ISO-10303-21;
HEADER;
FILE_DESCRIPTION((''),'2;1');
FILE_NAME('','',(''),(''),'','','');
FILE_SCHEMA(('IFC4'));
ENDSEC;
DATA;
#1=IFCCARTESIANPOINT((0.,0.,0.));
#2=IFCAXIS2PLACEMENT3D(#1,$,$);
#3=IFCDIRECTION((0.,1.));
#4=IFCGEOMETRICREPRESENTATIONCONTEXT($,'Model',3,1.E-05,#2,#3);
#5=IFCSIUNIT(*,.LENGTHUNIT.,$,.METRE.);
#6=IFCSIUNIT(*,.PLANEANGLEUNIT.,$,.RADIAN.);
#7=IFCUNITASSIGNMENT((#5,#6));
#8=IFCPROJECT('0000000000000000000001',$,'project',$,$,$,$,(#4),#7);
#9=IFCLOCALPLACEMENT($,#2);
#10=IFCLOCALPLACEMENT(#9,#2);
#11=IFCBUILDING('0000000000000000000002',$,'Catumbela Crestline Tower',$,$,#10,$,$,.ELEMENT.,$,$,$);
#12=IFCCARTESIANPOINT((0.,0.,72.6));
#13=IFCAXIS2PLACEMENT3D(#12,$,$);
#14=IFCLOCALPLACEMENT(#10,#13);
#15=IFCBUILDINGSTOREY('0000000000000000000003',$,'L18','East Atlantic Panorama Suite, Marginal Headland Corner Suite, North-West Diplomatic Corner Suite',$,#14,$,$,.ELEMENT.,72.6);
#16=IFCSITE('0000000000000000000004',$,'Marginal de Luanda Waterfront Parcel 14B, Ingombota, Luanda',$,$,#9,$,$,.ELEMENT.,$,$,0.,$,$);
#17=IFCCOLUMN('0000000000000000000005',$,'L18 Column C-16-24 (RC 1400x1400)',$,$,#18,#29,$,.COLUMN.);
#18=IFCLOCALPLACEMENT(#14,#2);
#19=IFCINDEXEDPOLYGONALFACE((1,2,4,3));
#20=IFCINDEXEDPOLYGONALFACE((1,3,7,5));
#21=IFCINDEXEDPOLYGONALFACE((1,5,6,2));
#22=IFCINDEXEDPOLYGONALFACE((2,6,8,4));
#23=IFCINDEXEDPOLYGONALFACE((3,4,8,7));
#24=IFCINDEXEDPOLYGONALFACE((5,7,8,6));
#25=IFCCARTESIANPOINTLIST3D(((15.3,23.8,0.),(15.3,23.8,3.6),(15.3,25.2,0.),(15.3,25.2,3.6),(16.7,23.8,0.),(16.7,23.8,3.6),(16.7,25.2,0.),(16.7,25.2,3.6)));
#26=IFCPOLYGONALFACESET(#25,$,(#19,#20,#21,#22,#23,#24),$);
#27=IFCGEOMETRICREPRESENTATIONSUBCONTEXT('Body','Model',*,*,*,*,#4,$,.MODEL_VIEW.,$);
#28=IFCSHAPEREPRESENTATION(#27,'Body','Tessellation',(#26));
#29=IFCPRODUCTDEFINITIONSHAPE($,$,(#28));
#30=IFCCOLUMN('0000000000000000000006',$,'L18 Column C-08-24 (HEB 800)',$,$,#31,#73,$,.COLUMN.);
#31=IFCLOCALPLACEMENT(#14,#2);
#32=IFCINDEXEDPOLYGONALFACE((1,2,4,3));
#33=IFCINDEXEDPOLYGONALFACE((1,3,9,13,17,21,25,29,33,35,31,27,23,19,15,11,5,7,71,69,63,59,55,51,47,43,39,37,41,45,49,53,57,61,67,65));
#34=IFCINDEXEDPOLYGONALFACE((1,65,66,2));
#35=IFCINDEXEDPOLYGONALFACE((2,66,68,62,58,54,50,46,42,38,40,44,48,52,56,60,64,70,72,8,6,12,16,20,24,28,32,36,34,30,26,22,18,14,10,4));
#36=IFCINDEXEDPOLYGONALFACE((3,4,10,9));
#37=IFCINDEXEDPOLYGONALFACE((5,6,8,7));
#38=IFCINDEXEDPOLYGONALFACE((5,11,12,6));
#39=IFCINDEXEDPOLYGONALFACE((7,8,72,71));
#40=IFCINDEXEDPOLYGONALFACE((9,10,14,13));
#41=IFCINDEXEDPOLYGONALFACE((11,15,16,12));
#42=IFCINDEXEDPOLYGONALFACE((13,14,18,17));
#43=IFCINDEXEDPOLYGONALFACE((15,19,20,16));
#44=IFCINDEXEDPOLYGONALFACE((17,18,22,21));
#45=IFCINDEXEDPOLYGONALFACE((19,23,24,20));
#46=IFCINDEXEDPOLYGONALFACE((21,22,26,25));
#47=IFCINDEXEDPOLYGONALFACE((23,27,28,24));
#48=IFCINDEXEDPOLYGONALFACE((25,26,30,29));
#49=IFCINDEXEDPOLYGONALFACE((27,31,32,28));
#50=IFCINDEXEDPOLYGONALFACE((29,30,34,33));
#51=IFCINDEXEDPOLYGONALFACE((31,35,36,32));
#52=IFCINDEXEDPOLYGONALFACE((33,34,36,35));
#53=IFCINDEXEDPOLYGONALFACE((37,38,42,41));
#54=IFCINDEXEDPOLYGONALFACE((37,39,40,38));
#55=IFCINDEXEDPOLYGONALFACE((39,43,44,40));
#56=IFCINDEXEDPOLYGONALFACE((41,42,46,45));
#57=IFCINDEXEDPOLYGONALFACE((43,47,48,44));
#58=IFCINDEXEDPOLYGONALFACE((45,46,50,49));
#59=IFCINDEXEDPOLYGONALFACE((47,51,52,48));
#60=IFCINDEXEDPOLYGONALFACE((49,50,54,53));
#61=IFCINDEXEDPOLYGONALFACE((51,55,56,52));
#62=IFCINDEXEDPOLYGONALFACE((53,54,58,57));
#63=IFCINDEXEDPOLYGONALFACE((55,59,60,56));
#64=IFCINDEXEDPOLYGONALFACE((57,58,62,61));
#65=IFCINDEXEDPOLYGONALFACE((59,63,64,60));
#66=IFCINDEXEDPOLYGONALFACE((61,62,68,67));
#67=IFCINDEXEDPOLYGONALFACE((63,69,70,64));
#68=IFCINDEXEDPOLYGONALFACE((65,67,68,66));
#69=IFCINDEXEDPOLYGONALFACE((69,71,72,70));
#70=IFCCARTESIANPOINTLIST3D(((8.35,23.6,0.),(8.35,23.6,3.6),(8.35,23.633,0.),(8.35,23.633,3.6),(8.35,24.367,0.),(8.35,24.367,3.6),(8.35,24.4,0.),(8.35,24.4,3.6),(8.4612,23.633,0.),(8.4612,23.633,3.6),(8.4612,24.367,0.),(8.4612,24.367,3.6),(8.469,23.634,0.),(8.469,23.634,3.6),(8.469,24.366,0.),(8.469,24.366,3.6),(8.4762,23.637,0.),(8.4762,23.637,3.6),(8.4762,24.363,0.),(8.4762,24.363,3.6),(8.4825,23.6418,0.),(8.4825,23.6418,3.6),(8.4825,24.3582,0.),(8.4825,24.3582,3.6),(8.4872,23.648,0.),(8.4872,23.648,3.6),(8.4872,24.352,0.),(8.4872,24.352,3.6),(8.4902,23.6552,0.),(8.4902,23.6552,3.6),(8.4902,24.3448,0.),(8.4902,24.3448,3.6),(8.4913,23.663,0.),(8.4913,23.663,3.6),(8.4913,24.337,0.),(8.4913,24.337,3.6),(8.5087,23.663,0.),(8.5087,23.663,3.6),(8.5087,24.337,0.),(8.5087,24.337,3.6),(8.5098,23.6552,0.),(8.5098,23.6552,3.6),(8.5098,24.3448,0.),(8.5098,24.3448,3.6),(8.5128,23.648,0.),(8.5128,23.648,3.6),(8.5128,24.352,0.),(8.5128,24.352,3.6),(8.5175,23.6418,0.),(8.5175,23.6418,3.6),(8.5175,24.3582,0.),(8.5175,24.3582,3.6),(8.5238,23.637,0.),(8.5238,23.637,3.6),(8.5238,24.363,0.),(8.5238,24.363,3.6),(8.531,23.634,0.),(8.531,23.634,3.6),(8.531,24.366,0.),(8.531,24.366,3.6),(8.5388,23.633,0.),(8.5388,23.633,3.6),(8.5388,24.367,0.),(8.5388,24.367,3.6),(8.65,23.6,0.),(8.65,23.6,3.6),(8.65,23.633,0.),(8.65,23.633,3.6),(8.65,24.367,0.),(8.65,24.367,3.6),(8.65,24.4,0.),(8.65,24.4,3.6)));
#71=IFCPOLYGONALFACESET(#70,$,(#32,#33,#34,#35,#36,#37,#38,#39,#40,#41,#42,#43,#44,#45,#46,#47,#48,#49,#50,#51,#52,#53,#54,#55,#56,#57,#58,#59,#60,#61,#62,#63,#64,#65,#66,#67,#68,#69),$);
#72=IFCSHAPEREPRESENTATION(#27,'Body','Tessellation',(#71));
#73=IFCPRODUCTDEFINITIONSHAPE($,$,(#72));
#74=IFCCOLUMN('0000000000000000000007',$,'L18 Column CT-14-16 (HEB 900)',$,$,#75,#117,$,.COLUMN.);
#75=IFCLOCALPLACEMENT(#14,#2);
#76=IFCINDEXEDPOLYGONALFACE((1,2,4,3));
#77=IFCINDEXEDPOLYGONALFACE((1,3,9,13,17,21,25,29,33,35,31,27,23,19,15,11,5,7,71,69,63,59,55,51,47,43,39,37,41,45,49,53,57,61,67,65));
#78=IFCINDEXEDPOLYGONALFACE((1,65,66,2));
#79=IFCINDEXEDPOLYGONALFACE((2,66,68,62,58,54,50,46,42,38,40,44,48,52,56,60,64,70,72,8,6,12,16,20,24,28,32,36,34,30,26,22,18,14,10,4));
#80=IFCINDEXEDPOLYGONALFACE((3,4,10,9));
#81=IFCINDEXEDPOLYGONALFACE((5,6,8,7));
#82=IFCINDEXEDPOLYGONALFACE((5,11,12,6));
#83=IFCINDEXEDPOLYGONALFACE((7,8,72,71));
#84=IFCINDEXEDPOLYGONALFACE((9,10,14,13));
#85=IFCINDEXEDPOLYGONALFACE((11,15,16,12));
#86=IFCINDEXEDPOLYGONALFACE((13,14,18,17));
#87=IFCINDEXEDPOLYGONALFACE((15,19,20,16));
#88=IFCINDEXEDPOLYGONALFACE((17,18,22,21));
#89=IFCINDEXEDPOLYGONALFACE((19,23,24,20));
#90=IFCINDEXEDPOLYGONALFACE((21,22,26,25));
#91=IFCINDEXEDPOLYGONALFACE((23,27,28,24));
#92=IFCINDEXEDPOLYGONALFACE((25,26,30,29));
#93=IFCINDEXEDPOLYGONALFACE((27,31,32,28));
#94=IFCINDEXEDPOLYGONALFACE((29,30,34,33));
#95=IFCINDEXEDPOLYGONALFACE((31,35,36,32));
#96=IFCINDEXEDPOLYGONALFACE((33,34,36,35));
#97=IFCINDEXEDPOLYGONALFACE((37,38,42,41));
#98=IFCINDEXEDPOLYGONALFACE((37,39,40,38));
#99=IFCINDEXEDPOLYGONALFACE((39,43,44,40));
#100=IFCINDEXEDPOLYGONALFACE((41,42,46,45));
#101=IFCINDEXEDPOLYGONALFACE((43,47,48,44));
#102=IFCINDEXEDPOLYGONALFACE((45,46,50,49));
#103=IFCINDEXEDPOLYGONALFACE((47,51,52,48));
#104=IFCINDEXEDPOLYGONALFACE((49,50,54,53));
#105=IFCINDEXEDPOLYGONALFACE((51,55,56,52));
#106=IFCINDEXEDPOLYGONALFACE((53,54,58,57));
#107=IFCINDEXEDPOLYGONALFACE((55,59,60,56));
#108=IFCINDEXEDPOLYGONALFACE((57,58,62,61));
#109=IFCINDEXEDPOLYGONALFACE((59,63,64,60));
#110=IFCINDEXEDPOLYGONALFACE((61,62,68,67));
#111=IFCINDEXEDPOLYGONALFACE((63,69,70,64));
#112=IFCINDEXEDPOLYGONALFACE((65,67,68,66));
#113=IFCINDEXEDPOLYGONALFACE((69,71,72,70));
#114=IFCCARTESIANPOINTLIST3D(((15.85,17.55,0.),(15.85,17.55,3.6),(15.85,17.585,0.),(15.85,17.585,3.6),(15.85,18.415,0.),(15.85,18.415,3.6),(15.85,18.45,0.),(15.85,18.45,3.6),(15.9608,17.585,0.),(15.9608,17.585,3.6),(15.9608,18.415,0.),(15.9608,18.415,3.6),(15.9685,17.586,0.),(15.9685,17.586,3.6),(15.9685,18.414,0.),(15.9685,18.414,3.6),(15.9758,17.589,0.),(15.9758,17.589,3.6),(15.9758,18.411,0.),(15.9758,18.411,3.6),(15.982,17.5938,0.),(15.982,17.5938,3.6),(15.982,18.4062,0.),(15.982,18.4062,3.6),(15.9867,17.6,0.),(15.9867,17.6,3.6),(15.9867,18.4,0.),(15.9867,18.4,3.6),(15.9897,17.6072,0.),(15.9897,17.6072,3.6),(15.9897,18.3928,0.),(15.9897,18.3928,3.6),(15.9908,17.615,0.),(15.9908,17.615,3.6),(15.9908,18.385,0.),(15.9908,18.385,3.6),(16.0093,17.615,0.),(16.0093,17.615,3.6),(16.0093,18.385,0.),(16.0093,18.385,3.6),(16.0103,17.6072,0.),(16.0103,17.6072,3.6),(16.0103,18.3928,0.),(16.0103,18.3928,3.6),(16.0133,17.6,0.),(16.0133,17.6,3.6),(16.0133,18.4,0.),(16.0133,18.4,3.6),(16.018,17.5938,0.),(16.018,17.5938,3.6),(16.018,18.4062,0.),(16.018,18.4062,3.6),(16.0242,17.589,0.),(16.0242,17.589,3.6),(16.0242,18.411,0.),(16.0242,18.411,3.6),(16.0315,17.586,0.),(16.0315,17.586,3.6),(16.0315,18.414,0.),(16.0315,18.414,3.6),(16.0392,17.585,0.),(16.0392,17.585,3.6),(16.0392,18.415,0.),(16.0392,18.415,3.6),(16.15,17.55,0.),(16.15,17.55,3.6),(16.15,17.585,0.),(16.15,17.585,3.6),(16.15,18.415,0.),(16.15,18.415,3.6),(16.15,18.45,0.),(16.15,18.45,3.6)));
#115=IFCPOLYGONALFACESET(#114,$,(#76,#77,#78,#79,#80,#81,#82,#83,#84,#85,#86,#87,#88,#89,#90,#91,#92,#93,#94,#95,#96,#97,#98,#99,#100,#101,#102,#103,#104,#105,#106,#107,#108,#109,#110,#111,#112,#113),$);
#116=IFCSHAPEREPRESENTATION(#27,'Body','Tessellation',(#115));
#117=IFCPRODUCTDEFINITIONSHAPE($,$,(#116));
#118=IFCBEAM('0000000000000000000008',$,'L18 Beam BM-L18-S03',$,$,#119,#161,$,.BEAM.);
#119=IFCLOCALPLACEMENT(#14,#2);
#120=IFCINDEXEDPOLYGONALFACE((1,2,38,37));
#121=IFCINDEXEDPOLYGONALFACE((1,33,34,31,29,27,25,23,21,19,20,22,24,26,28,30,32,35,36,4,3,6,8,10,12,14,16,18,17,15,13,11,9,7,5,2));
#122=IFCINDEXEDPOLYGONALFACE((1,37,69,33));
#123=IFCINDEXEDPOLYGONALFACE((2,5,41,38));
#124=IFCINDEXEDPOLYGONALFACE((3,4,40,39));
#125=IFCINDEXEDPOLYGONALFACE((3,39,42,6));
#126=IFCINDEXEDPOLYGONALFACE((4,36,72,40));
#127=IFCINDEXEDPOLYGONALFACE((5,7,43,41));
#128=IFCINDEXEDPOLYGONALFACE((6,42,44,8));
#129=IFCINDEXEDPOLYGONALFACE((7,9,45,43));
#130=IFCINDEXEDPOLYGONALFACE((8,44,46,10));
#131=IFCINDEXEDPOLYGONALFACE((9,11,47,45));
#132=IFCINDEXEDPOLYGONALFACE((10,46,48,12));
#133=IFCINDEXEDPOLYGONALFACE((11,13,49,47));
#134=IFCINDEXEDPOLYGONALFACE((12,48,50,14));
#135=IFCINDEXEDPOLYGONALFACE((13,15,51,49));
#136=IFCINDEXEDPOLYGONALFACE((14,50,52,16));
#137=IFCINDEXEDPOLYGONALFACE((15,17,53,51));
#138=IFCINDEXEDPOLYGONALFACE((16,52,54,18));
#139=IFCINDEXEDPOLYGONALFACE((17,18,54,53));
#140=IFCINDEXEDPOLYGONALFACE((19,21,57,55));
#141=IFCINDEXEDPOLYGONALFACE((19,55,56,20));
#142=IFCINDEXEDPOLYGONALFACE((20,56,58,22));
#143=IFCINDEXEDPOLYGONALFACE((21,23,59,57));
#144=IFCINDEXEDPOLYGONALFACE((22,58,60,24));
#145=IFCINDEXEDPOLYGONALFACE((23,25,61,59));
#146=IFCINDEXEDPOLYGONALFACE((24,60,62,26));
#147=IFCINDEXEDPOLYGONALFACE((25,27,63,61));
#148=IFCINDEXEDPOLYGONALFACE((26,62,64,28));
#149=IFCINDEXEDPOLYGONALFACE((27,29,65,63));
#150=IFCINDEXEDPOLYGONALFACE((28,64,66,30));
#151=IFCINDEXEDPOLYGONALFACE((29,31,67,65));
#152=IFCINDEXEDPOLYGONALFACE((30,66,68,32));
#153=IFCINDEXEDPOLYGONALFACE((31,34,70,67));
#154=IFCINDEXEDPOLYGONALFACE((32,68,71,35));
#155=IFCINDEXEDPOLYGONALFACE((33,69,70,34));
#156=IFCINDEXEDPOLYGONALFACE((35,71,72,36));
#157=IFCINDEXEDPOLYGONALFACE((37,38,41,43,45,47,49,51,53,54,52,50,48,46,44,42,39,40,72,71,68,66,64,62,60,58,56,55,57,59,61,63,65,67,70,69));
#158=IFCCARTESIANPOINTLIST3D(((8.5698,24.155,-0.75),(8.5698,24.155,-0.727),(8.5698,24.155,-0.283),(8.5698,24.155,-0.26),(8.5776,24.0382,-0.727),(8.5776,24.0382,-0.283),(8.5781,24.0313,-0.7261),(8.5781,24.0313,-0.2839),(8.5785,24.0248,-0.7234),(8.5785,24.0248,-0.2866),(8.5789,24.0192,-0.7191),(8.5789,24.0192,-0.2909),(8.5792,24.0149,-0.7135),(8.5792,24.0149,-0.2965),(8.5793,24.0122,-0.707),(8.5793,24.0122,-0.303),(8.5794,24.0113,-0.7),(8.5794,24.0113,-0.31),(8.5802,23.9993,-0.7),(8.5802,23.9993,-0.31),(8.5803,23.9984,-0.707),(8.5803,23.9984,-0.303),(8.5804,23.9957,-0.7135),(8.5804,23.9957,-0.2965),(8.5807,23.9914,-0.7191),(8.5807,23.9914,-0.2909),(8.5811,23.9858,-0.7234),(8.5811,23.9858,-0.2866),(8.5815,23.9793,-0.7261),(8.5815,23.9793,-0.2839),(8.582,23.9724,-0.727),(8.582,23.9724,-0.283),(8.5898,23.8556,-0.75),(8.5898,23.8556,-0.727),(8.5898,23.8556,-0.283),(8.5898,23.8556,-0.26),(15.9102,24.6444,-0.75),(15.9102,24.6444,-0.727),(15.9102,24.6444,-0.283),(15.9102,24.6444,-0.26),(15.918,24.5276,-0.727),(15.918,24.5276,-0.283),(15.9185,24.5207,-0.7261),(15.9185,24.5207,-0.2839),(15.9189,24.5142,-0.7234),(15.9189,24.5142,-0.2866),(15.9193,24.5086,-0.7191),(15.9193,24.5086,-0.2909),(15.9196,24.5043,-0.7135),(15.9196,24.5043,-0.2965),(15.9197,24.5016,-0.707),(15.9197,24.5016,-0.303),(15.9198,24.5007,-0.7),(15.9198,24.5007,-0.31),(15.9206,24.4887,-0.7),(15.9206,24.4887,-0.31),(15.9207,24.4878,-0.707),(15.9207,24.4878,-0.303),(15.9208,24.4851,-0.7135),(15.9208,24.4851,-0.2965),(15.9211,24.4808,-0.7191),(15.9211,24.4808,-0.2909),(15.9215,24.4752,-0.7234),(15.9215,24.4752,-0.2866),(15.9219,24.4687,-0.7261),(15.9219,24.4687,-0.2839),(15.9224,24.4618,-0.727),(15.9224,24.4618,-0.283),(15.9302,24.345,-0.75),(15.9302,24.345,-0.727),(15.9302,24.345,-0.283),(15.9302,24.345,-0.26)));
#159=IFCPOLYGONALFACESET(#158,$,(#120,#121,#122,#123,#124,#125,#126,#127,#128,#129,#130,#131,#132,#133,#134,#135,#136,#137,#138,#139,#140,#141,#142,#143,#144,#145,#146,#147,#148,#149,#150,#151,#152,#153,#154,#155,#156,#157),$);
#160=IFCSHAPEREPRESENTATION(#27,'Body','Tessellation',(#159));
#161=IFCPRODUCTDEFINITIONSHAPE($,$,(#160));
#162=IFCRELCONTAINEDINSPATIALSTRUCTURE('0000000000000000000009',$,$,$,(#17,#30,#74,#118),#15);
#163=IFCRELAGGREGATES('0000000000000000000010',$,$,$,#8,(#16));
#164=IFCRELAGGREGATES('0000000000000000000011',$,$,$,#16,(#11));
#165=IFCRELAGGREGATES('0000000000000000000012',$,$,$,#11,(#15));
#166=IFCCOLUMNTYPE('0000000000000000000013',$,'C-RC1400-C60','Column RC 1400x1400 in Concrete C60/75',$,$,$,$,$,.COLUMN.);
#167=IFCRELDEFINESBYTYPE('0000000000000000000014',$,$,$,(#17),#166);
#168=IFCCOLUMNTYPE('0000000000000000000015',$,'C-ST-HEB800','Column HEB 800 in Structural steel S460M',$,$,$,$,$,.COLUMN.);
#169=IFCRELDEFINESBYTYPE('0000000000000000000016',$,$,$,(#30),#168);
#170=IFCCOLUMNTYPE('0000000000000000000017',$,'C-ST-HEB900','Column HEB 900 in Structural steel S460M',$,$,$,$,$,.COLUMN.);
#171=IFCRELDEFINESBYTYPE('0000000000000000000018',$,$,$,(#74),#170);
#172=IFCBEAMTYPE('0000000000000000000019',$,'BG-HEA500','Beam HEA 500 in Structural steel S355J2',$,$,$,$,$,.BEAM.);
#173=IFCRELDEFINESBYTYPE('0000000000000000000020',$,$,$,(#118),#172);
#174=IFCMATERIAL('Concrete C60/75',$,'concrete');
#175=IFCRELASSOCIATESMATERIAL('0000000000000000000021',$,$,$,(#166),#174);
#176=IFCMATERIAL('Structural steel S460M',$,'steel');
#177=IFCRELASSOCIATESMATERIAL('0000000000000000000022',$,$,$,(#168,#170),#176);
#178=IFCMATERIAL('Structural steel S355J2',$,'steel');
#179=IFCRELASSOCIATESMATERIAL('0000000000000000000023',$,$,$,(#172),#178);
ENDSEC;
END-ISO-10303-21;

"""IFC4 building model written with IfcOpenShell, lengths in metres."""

from ifc_helpers import new_model, si_unit, direction, frame, origin, origin_2d, place, context, subcontext, project, spatial, rectangle, i_section, extrude, material, material_profile, profile_set, type_object, element, save


model = new_model("IFC4")

# Units and contexts
model_context = context("Model", 3, precision=1e-05, world=origin(), true_north=direction((0.0, 1.0)))
body_context = subcontext(model_context, "Body", "Model", "MODEL_VIEW")
ifc_project = project(units=[si_unit("LENGTHUNIT", "METRE"), si_unit("PLANEANGLEUNIT", "RADIAN")], contexts=[model_context])

# Site, building, storey
site_placement = place(None, origin())
site = spatial("IfcSite", under=ifc_project, at=site_placement, Name="Marginal de Luanda Waterfront Parcel 14B, Ingombota, Luanda", CompositionType="ELEMENT", RefElevation=0.0)
building_placement = place(site_placement, origin())
building = spatial("IfcBuilding", under=site, at=building_placement, Name="Catumbela Crestline Tower", CompositionType="ELEMENT")
storey_placement = place(building_placement, frame((0.0, 0.0, 72.6)))
storey = spatial("IfcBuildingStorey", under=building, at=storey_placement, Name="L18", Description="East Atlantic Panorama Suite, Marginal Headland Corner Suite, North-West Diplomatic Corner Suite", CompositionType="ELEMENT", Elevation=72.6)

# Columns
ifc_material_1 = material(Name="Concrete C60/75", Category="concrete")
ifc_material_profile_1 = material_profile(ifc_material_1, rectangle(XDim=1.4, YDim=1.4, at=origin_2d()), Name="RC 1400x1400")
ifc_profile_set_1 = profile_set([ifc_material_profile_1], Name="Concrete C60/75")
column_type_1 = type_object("IfcColumnType", Name="C-RC1400-C60", Description="Column RC 1400x1400 in Concrete C60/75", PredefinedType="COLUMN", material=ifc_profile_set_1)
column_1_placement = place(storey_placement, frame((16.0, 24.5, 0.0), z_axis=(0.0, 0.0, 1.0), x_axis=(1.0, 0.0, 0.0)))
element("IfcColumn", 1, at=column_1_placement, inside=storey, type_object=column_type_1, Name="L18 Column C-16-24 (RC 1400x1400)", PredefinedType="COLUMN", context=body_context, shape_type="SweptSolid", body=[
    extrude(rectangle(XDim=1.4, YDim=1.4, at=origin_2d()), origin(), (0.0, 0.0, 1.0), 3.6),
])
ifc_material_2 = material(Name="Structural steel S460M", Category="steel")
ifc_material_profile_2 = material_profile(ifc_material_2, i_section(OverallWidth=0.3, OverallDepth=0.8, WebThickness=0.0175, FlangeThickness=0.033, FilletRadius=0.03, at=origin_2d()), Name="HEB 800")
ifc_profile_set_2 = profile_set([ifc_material_profile_2], Name="Structural steel S460M")
column_type_2 = type_object("IfcColumnType", Name="C-ST-HEB800", Description="Column HEB 800 in Structural steel S460M", PredefinedType="COLUMN", material=ifc_profile_set_2)
column_2_placement = place(storey_placement, frame((8.5, 24.0, 0.0), z_axis=(0.0, 0.0, 1.0), x_axis=(1.0, 0.0, 0.0)))
element("IfcColumn", 2, at=column_2_placement, inside=storey, type_object=column_type_2, Name="L18 Column C-08-24 (HEB 800)", PredefinedType="COLUMN", context=body_context, shape_type="SweptSolid", body=[
    extrude(i_section(OverallWidth=0.3, OverallDepth=0.8, WebThickness=0.0175, FlangeThickness=0.033, FilletRadius=0.03, at=origin_2d()), origin(), (0.0, 0.0, 1.0), 3.6),
])
ifc_material_profile_3 = material_profile(ifc_material_2, i_section(OverallWidth=0.3, OverallDepth=0.9, WebThickness=0.0185, FlangeThickness=0.035, FilletRadius=0.03, at=origin_2d()), Name="HEB 900")
ifc_profile_set_3 = profile_set([ifc_material_profile_3], Name="Structural steel S460M")
column_type_3 = type_object("IfcColumnType", Name="C-ST-HEB900", Description="Column HEB 900 in Structural steel S460M", PredefinedType="COLUMN", material=ifc_profile_set_3)
column_3_placement = place(storey_placement, frame((16.0, 18.0, 0.0), z_axis=(0.0, 0.0, 1.0), x_axis=(1.0, 0.0, 0.0)))
element("IfcColumn", 3, at=column_3_placement, inside=storey, type_object=column_type_3, Name="L18 Column CT-14-16 (HEB 900)", PredefinedType="COLUMN", context=body_context, shape_type="SweptSolid", body=[
    extrude(i_section(OverallWidth=0.3, OverallDepth=0.9, WebThickness=0.0185, FlangeThickness=0.035, FilletRadius=0.03, at=origin_2d()), origin(), (0.0, 0.0, 1.0), 3.6),
])

# Beam
ifc_material_3 = material(Name="Structural steel S355J2", Category="steel")
ifc_material_profile_4 = material_profile(ifc_material_3, i_section(OverallWidth=0.3, OverallDepth=0.49, WebThickness=0.012, FlangeThickness=0.023, FilletRadius=0.027, at=origin_2d()), Name="HEA 500")
ifc_profile_set_4 = profile_set([ifc_material_profile_4], Name="Structural steel S355J2")
beam_type = type_object("IfcBeamType", Name="BG-HEA500", Description="Beam HEA 500 in Structural steel S355J2", PredefinedType="BEAM", material=ifc_profile_set_4)
beam_1_placement = place(storey_placement, frame((8.5798, 24.0053, -0.505), z_axis=(0.997785, 0.066524, 0.0), x_axis=(-0.066524, 0.997785, 0.0)))
element("IfcBeam", 4, at=beam_1_placement, inside=storey, type_object=beam_type, Name="L18 Beam BM-L18-S03", PredefinedType="BEAM", context=body_context, shape_type="SweptSolid", body=[
    extrude(i_section(OverallWidth=0.3, OverallDepth=0.49, WebThickness=0.012, FlangeThickness=0.023, FilletRadius=0.027, at=origin_2d()), origin(), (0.0, 0.0, 1.0), 7.3567),
])

save(model, "model.ifc")
